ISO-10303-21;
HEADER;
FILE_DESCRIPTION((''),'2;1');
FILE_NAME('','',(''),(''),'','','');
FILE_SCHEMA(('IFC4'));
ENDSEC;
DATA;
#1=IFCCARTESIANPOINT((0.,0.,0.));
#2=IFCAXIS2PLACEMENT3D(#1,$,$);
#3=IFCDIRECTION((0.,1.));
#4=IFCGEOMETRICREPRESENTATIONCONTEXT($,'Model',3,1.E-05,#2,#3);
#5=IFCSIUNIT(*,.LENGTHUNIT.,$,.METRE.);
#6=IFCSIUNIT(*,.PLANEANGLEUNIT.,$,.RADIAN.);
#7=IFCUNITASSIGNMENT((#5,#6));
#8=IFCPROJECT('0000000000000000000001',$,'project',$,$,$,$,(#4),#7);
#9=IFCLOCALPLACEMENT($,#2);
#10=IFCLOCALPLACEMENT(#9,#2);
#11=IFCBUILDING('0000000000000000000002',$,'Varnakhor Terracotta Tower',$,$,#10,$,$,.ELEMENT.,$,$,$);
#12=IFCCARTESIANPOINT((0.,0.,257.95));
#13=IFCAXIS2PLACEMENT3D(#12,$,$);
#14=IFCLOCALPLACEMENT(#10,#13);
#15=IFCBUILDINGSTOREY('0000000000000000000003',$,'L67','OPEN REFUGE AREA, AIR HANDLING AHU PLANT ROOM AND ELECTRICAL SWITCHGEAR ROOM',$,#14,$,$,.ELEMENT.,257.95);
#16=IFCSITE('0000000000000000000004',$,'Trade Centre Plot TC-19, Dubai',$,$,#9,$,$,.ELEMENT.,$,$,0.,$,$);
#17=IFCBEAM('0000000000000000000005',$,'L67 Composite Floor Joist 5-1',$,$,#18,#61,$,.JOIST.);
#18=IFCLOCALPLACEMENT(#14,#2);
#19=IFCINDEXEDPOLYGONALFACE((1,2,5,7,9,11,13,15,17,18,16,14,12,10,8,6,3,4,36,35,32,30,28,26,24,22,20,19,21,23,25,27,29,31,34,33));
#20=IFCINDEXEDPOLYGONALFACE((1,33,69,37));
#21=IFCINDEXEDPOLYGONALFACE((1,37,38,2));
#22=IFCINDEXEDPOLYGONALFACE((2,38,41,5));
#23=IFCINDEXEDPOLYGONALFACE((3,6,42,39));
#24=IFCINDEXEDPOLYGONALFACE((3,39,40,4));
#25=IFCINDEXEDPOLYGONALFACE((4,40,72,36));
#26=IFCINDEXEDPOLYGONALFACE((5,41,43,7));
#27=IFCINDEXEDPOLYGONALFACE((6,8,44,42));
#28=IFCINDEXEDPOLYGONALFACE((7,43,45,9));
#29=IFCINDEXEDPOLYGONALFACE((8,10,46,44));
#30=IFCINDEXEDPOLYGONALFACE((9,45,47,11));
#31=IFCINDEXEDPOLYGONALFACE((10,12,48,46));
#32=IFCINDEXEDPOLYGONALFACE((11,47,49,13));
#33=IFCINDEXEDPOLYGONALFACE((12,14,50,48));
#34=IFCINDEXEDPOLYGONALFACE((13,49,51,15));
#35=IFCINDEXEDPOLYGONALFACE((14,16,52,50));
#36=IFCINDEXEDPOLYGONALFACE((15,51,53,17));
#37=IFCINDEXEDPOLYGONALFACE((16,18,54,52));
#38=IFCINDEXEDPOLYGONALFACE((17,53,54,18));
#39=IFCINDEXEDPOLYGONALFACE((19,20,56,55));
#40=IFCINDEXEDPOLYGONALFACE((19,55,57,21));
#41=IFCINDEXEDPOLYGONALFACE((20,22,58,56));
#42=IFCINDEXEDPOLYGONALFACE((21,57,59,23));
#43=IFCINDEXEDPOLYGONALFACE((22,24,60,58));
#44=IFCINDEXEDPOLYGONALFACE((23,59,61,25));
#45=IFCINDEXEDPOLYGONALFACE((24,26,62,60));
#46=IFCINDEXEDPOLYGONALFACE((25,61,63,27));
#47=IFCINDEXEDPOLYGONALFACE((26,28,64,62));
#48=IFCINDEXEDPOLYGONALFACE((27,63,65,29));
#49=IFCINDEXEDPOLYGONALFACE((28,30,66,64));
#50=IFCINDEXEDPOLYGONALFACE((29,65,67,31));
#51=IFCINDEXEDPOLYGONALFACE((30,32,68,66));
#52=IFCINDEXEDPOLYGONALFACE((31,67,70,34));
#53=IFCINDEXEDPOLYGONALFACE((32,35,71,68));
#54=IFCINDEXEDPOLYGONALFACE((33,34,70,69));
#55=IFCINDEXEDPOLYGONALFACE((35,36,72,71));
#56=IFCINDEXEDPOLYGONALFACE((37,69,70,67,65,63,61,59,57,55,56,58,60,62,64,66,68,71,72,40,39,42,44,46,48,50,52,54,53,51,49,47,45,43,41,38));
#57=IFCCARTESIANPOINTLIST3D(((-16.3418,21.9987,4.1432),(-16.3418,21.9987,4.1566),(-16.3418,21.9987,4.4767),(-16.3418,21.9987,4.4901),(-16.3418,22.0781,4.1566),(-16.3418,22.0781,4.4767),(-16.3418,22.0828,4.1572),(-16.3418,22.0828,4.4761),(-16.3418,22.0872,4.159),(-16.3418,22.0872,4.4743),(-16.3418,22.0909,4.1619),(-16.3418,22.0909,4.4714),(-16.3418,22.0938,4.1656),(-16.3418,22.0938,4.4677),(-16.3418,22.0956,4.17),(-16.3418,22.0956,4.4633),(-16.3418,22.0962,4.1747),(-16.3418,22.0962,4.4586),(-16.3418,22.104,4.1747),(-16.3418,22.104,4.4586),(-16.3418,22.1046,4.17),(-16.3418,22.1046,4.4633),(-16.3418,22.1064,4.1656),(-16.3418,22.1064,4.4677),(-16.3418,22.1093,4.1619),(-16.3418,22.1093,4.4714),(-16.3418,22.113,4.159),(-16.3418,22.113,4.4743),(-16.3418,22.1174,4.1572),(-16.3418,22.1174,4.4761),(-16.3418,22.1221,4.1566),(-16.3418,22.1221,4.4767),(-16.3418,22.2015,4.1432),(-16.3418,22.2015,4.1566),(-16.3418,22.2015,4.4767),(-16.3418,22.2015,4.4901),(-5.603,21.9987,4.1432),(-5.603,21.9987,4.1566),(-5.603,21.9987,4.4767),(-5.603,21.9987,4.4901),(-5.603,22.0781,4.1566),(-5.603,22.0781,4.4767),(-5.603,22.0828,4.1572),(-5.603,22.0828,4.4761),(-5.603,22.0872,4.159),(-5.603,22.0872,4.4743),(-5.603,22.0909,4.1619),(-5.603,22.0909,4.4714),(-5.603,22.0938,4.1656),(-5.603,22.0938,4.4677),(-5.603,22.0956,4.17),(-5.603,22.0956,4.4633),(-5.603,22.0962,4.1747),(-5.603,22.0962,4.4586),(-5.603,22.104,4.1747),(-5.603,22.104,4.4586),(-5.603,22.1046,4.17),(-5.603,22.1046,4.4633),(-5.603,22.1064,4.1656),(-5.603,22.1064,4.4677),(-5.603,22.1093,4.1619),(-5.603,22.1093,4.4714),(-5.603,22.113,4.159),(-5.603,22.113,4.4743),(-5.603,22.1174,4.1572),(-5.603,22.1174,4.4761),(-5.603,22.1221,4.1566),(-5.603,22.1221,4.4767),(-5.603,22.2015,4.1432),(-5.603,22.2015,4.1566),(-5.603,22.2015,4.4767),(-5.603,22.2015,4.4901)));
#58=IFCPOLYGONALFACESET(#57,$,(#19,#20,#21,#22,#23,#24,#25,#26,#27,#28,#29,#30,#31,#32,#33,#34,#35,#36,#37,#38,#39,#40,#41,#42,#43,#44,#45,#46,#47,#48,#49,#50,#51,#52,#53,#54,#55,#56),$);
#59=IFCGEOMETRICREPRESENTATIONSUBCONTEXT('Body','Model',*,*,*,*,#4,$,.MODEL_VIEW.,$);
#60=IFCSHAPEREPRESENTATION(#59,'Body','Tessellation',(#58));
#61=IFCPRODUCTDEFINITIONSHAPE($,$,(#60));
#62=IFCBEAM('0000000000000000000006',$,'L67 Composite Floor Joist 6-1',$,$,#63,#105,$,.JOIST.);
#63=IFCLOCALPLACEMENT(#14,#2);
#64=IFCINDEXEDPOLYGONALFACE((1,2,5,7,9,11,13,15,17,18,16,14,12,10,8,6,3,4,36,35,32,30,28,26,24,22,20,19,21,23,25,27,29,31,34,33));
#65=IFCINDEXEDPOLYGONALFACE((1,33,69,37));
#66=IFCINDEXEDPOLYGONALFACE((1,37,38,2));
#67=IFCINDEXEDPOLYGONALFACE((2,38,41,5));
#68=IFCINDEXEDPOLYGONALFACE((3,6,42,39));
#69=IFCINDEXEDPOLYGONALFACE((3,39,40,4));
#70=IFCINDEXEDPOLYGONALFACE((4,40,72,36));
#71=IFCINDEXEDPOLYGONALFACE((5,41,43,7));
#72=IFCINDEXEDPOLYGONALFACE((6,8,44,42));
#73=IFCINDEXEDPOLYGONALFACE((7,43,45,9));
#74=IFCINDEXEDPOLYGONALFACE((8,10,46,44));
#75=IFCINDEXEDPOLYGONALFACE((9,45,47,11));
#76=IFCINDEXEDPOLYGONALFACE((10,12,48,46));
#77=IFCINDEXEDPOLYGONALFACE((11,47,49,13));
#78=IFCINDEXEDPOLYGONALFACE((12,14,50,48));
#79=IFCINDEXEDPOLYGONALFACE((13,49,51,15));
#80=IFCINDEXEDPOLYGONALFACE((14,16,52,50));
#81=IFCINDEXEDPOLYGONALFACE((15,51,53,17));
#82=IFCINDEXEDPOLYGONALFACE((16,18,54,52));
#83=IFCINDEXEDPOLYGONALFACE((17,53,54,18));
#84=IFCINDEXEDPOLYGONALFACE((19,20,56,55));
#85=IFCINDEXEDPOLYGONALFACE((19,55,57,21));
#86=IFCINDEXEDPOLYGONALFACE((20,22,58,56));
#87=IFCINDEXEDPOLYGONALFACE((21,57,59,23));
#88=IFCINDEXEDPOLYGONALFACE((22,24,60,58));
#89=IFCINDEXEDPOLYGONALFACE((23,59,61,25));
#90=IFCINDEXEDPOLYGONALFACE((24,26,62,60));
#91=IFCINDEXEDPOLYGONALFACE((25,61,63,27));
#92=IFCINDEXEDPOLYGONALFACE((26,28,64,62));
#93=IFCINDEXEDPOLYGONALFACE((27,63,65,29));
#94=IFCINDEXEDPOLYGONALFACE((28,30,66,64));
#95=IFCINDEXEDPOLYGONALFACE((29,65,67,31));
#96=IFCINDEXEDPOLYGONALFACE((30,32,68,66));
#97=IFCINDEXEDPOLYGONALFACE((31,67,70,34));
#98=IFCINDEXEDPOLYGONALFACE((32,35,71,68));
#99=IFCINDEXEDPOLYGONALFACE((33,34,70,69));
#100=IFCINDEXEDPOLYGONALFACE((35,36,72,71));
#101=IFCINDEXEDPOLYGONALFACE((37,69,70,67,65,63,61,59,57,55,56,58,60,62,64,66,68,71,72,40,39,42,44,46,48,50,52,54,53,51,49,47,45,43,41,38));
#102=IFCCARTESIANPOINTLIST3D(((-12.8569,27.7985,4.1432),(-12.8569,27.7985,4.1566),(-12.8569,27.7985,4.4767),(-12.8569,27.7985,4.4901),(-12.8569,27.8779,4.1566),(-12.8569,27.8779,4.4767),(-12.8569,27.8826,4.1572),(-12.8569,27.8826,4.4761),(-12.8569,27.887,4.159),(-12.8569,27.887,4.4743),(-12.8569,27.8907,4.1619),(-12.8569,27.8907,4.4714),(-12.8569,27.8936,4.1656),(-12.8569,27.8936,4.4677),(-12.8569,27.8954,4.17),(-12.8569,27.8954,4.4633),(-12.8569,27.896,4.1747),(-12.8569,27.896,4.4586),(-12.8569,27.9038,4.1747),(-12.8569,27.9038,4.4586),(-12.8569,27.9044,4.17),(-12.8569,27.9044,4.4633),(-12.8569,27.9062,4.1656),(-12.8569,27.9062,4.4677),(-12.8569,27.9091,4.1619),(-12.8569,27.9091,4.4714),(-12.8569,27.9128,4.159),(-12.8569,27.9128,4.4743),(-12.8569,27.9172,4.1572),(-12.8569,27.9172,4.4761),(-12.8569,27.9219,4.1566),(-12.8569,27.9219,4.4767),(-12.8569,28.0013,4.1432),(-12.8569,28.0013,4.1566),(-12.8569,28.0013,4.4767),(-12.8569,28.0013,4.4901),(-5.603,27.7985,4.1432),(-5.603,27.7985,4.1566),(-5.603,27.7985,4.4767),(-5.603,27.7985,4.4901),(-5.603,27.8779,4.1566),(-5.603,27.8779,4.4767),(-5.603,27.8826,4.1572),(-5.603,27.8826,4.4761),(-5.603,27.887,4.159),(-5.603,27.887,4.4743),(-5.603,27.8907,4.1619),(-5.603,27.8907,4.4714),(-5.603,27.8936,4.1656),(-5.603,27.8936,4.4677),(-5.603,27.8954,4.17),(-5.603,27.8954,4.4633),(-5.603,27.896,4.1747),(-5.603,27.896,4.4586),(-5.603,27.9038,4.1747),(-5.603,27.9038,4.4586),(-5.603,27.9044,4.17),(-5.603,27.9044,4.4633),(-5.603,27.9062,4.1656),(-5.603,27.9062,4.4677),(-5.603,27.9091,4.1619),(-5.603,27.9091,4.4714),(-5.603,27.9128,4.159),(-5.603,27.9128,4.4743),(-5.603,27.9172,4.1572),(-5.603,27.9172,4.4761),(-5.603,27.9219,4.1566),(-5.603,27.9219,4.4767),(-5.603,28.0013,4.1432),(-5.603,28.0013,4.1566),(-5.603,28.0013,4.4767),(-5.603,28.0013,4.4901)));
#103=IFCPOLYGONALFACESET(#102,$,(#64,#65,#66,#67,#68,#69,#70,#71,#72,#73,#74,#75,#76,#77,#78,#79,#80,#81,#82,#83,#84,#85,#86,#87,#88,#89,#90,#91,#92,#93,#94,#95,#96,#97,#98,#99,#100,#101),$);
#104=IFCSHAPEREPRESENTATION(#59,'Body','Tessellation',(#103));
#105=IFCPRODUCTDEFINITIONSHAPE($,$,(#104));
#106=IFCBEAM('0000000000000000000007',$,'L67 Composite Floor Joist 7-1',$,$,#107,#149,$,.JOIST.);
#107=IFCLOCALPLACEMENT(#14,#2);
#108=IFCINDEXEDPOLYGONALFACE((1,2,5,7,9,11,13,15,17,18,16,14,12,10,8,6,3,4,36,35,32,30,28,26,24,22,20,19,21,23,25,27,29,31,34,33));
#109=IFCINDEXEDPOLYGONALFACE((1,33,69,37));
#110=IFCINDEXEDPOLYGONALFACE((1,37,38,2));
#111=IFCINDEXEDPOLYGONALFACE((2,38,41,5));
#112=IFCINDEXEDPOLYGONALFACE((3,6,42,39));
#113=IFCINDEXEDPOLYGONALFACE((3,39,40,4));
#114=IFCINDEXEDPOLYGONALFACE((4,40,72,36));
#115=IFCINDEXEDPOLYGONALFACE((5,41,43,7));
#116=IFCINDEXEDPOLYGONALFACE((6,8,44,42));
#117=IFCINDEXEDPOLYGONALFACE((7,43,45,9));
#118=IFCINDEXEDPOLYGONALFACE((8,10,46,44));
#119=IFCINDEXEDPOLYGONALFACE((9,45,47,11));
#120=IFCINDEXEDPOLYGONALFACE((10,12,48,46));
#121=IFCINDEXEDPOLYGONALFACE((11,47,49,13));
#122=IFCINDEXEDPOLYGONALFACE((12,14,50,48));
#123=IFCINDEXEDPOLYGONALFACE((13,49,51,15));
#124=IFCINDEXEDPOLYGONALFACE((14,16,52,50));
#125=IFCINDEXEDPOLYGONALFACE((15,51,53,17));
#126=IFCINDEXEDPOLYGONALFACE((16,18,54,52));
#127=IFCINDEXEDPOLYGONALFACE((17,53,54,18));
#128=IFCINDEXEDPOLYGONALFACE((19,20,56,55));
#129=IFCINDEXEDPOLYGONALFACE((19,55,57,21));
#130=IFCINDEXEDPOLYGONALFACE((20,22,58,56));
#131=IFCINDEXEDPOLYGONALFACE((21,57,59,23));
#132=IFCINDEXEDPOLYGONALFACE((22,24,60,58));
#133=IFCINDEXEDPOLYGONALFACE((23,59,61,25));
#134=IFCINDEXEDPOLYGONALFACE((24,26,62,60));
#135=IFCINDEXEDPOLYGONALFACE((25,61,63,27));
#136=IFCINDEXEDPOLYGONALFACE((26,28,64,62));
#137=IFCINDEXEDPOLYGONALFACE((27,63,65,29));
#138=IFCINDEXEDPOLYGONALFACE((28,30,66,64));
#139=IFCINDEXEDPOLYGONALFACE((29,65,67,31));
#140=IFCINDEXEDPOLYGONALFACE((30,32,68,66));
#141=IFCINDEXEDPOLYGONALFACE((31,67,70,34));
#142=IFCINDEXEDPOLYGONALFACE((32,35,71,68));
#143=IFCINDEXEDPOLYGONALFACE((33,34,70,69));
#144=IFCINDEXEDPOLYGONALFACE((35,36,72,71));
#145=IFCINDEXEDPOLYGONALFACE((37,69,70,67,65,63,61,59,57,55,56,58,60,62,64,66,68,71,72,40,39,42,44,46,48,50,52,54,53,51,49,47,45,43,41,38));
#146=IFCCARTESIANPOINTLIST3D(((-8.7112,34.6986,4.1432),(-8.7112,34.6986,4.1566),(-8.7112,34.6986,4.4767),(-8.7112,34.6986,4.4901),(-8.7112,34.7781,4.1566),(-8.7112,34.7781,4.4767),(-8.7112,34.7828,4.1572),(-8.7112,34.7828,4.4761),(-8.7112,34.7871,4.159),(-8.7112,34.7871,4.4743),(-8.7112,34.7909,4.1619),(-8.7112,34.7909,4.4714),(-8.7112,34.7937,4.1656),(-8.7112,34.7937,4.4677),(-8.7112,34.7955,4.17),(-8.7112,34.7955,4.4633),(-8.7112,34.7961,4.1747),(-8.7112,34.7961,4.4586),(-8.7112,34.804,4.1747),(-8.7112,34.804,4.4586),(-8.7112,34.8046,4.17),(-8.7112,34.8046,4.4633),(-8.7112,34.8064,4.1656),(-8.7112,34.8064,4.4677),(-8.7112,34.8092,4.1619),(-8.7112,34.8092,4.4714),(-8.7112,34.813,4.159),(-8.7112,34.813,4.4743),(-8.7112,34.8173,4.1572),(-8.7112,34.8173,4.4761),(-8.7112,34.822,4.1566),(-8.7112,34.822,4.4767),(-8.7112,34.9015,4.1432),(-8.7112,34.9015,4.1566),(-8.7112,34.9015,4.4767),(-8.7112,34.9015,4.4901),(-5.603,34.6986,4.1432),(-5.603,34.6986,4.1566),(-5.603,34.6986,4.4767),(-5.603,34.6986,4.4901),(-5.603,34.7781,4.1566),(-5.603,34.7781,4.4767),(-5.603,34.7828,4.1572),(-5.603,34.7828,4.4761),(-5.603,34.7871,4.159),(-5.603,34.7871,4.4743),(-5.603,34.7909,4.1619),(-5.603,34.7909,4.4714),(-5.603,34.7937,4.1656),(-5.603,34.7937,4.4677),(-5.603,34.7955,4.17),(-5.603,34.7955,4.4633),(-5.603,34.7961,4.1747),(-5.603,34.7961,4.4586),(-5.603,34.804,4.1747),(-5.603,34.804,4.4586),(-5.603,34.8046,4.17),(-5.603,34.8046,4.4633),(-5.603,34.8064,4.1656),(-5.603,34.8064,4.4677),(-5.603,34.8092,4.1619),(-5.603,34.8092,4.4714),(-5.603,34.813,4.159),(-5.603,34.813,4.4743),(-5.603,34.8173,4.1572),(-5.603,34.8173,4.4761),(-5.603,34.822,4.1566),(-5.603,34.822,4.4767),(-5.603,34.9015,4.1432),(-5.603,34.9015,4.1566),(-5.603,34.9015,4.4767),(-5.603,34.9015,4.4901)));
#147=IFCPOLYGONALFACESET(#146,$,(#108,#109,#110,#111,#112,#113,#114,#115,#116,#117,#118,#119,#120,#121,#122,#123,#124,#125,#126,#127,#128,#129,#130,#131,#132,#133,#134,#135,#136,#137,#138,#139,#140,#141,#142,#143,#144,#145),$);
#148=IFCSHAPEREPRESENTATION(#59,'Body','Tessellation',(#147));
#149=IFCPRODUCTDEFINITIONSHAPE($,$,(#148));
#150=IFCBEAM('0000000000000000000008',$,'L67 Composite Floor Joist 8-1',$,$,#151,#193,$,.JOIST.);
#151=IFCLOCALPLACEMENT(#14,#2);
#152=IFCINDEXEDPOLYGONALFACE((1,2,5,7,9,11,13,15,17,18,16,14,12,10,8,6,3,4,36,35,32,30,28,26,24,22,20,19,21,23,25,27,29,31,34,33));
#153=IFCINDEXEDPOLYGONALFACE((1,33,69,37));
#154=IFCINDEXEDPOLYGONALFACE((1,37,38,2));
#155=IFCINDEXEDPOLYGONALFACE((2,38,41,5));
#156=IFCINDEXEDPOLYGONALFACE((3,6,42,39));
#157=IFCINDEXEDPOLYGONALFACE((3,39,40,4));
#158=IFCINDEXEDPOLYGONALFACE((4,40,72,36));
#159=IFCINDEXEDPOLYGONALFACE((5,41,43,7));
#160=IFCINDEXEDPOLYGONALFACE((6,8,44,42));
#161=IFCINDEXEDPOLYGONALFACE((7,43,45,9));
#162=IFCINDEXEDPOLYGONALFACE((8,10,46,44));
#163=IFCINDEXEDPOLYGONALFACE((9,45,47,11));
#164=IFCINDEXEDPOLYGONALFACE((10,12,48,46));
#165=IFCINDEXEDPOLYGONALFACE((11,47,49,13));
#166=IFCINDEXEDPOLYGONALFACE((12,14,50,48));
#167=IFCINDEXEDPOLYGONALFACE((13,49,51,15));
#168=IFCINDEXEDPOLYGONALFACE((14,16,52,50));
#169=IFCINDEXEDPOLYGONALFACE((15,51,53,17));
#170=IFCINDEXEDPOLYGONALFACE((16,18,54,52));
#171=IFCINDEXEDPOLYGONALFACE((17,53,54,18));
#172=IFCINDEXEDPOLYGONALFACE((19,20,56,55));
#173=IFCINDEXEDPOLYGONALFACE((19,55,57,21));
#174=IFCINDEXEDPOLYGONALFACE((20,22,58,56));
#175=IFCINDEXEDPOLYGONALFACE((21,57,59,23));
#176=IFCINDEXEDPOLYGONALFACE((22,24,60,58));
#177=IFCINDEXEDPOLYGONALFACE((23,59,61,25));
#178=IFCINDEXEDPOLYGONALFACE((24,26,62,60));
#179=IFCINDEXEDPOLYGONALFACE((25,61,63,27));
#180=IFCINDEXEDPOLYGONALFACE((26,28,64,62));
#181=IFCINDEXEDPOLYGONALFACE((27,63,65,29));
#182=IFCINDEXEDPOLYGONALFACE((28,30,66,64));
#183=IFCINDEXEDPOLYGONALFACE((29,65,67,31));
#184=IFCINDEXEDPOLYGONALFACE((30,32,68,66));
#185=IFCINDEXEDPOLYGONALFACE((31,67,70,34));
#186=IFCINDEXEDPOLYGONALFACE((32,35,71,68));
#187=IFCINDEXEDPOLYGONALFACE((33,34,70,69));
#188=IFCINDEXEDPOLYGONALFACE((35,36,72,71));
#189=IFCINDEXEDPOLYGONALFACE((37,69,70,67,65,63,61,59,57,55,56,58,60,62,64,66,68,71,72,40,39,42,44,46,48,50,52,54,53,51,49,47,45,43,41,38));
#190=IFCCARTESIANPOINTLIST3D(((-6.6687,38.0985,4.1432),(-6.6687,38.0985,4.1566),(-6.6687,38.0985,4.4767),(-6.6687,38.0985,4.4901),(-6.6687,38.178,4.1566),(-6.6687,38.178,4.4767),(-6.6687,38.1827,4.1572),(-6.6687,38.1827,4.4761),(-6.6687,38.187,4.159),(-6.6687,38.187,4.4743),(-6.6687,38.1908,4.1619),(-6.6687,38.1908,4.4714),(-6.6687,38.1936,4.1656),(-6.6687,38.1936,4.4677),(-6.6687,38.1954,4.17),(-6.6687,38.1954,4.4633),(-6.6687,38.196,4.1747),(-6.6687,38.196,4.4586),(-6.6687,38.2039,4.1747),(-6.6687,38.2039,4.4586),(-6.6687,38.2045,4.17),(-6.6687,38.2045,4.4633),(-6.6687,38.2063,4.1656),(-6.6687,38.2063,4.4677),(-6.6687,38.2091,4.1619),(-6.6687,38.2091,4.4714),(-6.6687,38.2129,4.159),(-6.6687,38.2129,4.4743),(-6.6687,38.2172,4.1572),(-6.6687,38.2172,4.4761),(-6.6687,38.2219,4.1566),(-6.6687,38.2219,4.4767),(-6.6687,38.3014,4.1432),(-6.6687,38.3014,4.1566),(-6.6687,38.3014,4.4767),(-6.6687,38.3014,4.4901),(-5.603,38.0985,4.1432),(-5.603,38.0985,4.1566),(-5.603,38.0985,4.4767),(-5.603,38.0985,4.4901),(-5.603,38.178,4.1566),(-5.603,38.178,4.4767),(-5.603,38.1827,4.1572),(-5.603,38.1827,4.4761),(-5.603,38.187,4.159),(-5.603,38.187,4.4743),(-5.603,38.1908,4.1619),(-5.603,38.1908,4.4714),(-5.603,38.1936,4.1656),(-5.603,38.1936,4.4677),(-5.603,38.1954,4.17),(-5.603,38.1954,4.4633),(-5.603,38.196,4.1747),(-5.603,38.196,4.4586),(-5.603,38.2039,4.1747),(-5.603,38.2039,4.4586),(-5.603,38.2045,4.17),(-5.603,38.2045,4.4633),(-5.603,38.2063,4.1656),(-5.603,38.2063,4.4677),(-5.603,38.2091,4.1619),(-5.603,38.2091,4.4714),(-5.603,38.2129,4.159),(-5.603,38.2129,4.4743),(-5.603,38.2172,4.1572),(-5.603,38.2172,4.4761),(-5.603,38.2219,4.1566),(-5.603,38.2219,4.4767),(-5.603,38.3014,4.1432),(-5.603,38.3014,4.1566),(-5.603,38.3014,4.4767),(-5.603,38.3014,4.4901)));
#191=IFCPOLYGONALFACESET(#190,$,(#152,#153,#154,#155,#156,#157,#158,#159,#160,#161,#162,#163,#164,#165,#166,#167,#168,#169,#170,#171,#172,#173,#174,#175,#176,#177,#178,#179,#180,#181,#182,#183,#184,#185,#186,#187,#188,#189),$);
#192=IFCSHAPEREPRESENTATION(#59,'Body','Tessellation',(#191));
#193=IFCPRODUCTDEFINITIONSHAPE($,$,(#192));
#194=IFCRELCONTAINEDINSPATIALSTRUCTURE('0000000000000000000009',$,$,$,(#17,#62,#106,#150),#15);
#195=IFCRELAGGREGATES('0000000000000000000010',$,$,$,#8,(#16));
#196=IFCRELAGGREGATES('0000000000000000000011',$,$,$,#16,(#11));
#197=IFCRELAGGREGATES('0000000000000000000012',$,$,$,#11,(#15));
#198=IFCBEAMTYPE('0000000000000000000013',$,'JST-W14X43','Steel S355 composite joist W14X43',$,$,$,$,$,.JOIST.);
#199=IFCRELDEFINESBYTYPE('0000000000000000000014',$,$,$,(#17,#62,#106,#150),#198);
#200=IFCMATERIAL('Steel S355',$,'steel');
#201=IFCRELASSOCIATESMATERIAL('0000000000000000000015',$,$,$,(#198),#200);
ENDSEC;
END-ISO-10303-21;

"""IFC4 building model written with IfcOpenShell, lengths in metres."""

from ifc_helpers import new_model, si_unit, direction, frame, origin, origin_2d, place, context, subcontext, project, spatial, i_section, extrude, source, transform, mapped, material, material_profile, profile_set, type_object, element, save


model = new_model("IFC4")

# Units and contexts
model_context = context("Model", 3, precision=1e-05, world=origin(), true_north=direction((0.0, 1.0)))
body_context = subcontext(model_context, "Body", "Model", "MODEL_VIEW")
ifc_project = project(units=[si_unit("LENGTHUNIT", "METRE"), si_unit("PLANEANGLEUNIT", "RADIAN")], contexts=[model_context])

# Site, building, storey
site_placement = place(None, origin())
site = spatial("IfcSite", under=ifc_project, at=site_placement, Name="Trade Centre Plot TC-19, Dubai", CompositionType="ELEMENT", RefElevation=0.0)
building_placement = place(site_placement, origin())
building = spatial("IfcBuilding", under=site, at=building_placement, Name="Varnakhor Terracotta Tower", CompositionType="ELEMENT")
storey_placement = place(building_placement, frame((0.0, 0.0, 257.95)))
storey = spatial("IfcBuildingStorey", under=building, at=storey_placement, Name="L67", Description="OPEN REFUGE AREA, AIR HANDLING AHU PLANT ROOM AND ELECTRICAL SWITCHGEAR ROOM", CompositionType="ELEMENT", Elevation=257.95)

# Beams
ifc_material_1 = material(Name="Steel S355", Category="steel")
ifc_material_profile_1 = material_profile(ifc_material_1, i_section(OverallWidth=0.2029, OverallDepth=0.3469, WebThickness=0.0078, FlangeThickness=0.0134, FilletRadius=0.0181, at=origin_2d()), Name="W14X43")
ifc_profile_set_1 = profile_set([ifc_material_profile_1], Name="Steel S355")
beam_type_1 = type_object("IfcBeamType", Name="JST-W14X43", Description="Steel S355 composite joist W14X43", PredefinedType="JOIST", material=ifc_profile_set_1)
shared_shape_1 = source(origin(), body_context, "Body", "SweptSolid", [
    extrude(i_section(OverallWidth=0.2029, OverallDepth=0.3469, WebThickness=0.0078, FlangeThickness=0.0134, FilletRadius=0.0181, at=origin_2d()), origin(), (0.0, 0.0, 1.0), 10.7388),
])
beam_1_placement = place(storey_placement, frame((-16.3418, 22.1001, 4.3167), z_axis=(1.0, 0.0, 0.0), x_axis=(0.0, 1.0, 0.0)))
element("IfcBeam", 1, at=beam_1_placement, inside=storey, type_object=beam_type_1, Name="L67 Composite Floor Joist 5-1", PredefinedType="JOIST", context=body_context, shape_type="MappedRepresentation", body=[
    mapped(shared_shape_1, transform((0.0, 0.0, 0.0), scale=1.0)),
])
shared_shape_2 = source(origin(), body_context, "Body", "SweptSolid", [
    extrude(i_section(OverallWidth=0.2029, OverallDepth=0.3469, WebThickness=0.0078, FlangeThickness=0.0134, FilletRadius=0.0181, at=origin_2d()), origin(), (0.0, 0.0, 1.0), 7.2539),
])
beam_2_placement = place(storey_placement, frame((-12.8569, 27.8999, 4.3167), z_axis=(1.0, 0.0, 0.0), x_axis=(0.0, 1.0, 0.0)))
element("IfcBeam", 2, at=beam_2_placement, inside=storey, type_object=beam_type_1, Name="L67 Composite Floor Joist 6-1", PredefinedType="JOIST", context=body_context, shape_type="MappedRepresentation", body=[
    mapped(shared_shape_2, transform((0.0, 0.0, 0.0), scale=1.0)),
])
shared_shape_3 = source(origin(), body_context, "Body", "SweptSolid", [
    extrude(i_section(OverallWidth=0.2029, OverallDepth=0.3469, WebThickness=0.0078, FlangeThickness=0.0134, FilletRadius=0.0181, at=origin_2d()), origin(), (0.0, 0.0, 1.0), 3.1082),
])
beam_3_placement = place(storey_placement, frame((-8.7112, 34.8, 4.3167), z_axis=(1.0, 0.0, 0.0), x_axis=(0.0, 1.0, 0.0)))
element("IfcBeam", 3, at=beam_3_placement, inside=storey, type_object=beam_type_1, Name="L67 Composite Floor Joist 7-1", PredefinedType="JOIST", context=body_context, shape_type="MappedRepresentation", body=[
    mapped(shared_shape_3, transform((0.0, 0.0, 0.0), scale=1.0)),
])
shared_shape_4 = source(origin(), body_context, "Body", "SweptSolid", [
    extrude(i_section(OverallWidth=0.2029, OverallDepth=0.3469, WebThickness=0.0078, FlangeThickness=0.0134, FilletRadius=0.0181, at=origin_2d()), origin(), (0.0, 0.0, 1.0), 1.0657),
])
beam_4_placement = place(storey_placement, frame((-6.6687, 38.2, 4.3167), z_axis=(1.0, 0.0, 0.0), x_axis=(0.0, 1.0, 0.0)))
element("IfcBeam", 4, at=beam_4_placement, inside=storey, type_object=beam_type_1, Name="L67 Composite Floor Joist 8-1", PredefinedType="JOIST", context=body_context, shape_type="MappedRepresentation", body=[
    mapped(shared_shape_4, transform((0.0, 0.0, 0.0), scale=1.0)),
])

save(model, "model.ifc")
